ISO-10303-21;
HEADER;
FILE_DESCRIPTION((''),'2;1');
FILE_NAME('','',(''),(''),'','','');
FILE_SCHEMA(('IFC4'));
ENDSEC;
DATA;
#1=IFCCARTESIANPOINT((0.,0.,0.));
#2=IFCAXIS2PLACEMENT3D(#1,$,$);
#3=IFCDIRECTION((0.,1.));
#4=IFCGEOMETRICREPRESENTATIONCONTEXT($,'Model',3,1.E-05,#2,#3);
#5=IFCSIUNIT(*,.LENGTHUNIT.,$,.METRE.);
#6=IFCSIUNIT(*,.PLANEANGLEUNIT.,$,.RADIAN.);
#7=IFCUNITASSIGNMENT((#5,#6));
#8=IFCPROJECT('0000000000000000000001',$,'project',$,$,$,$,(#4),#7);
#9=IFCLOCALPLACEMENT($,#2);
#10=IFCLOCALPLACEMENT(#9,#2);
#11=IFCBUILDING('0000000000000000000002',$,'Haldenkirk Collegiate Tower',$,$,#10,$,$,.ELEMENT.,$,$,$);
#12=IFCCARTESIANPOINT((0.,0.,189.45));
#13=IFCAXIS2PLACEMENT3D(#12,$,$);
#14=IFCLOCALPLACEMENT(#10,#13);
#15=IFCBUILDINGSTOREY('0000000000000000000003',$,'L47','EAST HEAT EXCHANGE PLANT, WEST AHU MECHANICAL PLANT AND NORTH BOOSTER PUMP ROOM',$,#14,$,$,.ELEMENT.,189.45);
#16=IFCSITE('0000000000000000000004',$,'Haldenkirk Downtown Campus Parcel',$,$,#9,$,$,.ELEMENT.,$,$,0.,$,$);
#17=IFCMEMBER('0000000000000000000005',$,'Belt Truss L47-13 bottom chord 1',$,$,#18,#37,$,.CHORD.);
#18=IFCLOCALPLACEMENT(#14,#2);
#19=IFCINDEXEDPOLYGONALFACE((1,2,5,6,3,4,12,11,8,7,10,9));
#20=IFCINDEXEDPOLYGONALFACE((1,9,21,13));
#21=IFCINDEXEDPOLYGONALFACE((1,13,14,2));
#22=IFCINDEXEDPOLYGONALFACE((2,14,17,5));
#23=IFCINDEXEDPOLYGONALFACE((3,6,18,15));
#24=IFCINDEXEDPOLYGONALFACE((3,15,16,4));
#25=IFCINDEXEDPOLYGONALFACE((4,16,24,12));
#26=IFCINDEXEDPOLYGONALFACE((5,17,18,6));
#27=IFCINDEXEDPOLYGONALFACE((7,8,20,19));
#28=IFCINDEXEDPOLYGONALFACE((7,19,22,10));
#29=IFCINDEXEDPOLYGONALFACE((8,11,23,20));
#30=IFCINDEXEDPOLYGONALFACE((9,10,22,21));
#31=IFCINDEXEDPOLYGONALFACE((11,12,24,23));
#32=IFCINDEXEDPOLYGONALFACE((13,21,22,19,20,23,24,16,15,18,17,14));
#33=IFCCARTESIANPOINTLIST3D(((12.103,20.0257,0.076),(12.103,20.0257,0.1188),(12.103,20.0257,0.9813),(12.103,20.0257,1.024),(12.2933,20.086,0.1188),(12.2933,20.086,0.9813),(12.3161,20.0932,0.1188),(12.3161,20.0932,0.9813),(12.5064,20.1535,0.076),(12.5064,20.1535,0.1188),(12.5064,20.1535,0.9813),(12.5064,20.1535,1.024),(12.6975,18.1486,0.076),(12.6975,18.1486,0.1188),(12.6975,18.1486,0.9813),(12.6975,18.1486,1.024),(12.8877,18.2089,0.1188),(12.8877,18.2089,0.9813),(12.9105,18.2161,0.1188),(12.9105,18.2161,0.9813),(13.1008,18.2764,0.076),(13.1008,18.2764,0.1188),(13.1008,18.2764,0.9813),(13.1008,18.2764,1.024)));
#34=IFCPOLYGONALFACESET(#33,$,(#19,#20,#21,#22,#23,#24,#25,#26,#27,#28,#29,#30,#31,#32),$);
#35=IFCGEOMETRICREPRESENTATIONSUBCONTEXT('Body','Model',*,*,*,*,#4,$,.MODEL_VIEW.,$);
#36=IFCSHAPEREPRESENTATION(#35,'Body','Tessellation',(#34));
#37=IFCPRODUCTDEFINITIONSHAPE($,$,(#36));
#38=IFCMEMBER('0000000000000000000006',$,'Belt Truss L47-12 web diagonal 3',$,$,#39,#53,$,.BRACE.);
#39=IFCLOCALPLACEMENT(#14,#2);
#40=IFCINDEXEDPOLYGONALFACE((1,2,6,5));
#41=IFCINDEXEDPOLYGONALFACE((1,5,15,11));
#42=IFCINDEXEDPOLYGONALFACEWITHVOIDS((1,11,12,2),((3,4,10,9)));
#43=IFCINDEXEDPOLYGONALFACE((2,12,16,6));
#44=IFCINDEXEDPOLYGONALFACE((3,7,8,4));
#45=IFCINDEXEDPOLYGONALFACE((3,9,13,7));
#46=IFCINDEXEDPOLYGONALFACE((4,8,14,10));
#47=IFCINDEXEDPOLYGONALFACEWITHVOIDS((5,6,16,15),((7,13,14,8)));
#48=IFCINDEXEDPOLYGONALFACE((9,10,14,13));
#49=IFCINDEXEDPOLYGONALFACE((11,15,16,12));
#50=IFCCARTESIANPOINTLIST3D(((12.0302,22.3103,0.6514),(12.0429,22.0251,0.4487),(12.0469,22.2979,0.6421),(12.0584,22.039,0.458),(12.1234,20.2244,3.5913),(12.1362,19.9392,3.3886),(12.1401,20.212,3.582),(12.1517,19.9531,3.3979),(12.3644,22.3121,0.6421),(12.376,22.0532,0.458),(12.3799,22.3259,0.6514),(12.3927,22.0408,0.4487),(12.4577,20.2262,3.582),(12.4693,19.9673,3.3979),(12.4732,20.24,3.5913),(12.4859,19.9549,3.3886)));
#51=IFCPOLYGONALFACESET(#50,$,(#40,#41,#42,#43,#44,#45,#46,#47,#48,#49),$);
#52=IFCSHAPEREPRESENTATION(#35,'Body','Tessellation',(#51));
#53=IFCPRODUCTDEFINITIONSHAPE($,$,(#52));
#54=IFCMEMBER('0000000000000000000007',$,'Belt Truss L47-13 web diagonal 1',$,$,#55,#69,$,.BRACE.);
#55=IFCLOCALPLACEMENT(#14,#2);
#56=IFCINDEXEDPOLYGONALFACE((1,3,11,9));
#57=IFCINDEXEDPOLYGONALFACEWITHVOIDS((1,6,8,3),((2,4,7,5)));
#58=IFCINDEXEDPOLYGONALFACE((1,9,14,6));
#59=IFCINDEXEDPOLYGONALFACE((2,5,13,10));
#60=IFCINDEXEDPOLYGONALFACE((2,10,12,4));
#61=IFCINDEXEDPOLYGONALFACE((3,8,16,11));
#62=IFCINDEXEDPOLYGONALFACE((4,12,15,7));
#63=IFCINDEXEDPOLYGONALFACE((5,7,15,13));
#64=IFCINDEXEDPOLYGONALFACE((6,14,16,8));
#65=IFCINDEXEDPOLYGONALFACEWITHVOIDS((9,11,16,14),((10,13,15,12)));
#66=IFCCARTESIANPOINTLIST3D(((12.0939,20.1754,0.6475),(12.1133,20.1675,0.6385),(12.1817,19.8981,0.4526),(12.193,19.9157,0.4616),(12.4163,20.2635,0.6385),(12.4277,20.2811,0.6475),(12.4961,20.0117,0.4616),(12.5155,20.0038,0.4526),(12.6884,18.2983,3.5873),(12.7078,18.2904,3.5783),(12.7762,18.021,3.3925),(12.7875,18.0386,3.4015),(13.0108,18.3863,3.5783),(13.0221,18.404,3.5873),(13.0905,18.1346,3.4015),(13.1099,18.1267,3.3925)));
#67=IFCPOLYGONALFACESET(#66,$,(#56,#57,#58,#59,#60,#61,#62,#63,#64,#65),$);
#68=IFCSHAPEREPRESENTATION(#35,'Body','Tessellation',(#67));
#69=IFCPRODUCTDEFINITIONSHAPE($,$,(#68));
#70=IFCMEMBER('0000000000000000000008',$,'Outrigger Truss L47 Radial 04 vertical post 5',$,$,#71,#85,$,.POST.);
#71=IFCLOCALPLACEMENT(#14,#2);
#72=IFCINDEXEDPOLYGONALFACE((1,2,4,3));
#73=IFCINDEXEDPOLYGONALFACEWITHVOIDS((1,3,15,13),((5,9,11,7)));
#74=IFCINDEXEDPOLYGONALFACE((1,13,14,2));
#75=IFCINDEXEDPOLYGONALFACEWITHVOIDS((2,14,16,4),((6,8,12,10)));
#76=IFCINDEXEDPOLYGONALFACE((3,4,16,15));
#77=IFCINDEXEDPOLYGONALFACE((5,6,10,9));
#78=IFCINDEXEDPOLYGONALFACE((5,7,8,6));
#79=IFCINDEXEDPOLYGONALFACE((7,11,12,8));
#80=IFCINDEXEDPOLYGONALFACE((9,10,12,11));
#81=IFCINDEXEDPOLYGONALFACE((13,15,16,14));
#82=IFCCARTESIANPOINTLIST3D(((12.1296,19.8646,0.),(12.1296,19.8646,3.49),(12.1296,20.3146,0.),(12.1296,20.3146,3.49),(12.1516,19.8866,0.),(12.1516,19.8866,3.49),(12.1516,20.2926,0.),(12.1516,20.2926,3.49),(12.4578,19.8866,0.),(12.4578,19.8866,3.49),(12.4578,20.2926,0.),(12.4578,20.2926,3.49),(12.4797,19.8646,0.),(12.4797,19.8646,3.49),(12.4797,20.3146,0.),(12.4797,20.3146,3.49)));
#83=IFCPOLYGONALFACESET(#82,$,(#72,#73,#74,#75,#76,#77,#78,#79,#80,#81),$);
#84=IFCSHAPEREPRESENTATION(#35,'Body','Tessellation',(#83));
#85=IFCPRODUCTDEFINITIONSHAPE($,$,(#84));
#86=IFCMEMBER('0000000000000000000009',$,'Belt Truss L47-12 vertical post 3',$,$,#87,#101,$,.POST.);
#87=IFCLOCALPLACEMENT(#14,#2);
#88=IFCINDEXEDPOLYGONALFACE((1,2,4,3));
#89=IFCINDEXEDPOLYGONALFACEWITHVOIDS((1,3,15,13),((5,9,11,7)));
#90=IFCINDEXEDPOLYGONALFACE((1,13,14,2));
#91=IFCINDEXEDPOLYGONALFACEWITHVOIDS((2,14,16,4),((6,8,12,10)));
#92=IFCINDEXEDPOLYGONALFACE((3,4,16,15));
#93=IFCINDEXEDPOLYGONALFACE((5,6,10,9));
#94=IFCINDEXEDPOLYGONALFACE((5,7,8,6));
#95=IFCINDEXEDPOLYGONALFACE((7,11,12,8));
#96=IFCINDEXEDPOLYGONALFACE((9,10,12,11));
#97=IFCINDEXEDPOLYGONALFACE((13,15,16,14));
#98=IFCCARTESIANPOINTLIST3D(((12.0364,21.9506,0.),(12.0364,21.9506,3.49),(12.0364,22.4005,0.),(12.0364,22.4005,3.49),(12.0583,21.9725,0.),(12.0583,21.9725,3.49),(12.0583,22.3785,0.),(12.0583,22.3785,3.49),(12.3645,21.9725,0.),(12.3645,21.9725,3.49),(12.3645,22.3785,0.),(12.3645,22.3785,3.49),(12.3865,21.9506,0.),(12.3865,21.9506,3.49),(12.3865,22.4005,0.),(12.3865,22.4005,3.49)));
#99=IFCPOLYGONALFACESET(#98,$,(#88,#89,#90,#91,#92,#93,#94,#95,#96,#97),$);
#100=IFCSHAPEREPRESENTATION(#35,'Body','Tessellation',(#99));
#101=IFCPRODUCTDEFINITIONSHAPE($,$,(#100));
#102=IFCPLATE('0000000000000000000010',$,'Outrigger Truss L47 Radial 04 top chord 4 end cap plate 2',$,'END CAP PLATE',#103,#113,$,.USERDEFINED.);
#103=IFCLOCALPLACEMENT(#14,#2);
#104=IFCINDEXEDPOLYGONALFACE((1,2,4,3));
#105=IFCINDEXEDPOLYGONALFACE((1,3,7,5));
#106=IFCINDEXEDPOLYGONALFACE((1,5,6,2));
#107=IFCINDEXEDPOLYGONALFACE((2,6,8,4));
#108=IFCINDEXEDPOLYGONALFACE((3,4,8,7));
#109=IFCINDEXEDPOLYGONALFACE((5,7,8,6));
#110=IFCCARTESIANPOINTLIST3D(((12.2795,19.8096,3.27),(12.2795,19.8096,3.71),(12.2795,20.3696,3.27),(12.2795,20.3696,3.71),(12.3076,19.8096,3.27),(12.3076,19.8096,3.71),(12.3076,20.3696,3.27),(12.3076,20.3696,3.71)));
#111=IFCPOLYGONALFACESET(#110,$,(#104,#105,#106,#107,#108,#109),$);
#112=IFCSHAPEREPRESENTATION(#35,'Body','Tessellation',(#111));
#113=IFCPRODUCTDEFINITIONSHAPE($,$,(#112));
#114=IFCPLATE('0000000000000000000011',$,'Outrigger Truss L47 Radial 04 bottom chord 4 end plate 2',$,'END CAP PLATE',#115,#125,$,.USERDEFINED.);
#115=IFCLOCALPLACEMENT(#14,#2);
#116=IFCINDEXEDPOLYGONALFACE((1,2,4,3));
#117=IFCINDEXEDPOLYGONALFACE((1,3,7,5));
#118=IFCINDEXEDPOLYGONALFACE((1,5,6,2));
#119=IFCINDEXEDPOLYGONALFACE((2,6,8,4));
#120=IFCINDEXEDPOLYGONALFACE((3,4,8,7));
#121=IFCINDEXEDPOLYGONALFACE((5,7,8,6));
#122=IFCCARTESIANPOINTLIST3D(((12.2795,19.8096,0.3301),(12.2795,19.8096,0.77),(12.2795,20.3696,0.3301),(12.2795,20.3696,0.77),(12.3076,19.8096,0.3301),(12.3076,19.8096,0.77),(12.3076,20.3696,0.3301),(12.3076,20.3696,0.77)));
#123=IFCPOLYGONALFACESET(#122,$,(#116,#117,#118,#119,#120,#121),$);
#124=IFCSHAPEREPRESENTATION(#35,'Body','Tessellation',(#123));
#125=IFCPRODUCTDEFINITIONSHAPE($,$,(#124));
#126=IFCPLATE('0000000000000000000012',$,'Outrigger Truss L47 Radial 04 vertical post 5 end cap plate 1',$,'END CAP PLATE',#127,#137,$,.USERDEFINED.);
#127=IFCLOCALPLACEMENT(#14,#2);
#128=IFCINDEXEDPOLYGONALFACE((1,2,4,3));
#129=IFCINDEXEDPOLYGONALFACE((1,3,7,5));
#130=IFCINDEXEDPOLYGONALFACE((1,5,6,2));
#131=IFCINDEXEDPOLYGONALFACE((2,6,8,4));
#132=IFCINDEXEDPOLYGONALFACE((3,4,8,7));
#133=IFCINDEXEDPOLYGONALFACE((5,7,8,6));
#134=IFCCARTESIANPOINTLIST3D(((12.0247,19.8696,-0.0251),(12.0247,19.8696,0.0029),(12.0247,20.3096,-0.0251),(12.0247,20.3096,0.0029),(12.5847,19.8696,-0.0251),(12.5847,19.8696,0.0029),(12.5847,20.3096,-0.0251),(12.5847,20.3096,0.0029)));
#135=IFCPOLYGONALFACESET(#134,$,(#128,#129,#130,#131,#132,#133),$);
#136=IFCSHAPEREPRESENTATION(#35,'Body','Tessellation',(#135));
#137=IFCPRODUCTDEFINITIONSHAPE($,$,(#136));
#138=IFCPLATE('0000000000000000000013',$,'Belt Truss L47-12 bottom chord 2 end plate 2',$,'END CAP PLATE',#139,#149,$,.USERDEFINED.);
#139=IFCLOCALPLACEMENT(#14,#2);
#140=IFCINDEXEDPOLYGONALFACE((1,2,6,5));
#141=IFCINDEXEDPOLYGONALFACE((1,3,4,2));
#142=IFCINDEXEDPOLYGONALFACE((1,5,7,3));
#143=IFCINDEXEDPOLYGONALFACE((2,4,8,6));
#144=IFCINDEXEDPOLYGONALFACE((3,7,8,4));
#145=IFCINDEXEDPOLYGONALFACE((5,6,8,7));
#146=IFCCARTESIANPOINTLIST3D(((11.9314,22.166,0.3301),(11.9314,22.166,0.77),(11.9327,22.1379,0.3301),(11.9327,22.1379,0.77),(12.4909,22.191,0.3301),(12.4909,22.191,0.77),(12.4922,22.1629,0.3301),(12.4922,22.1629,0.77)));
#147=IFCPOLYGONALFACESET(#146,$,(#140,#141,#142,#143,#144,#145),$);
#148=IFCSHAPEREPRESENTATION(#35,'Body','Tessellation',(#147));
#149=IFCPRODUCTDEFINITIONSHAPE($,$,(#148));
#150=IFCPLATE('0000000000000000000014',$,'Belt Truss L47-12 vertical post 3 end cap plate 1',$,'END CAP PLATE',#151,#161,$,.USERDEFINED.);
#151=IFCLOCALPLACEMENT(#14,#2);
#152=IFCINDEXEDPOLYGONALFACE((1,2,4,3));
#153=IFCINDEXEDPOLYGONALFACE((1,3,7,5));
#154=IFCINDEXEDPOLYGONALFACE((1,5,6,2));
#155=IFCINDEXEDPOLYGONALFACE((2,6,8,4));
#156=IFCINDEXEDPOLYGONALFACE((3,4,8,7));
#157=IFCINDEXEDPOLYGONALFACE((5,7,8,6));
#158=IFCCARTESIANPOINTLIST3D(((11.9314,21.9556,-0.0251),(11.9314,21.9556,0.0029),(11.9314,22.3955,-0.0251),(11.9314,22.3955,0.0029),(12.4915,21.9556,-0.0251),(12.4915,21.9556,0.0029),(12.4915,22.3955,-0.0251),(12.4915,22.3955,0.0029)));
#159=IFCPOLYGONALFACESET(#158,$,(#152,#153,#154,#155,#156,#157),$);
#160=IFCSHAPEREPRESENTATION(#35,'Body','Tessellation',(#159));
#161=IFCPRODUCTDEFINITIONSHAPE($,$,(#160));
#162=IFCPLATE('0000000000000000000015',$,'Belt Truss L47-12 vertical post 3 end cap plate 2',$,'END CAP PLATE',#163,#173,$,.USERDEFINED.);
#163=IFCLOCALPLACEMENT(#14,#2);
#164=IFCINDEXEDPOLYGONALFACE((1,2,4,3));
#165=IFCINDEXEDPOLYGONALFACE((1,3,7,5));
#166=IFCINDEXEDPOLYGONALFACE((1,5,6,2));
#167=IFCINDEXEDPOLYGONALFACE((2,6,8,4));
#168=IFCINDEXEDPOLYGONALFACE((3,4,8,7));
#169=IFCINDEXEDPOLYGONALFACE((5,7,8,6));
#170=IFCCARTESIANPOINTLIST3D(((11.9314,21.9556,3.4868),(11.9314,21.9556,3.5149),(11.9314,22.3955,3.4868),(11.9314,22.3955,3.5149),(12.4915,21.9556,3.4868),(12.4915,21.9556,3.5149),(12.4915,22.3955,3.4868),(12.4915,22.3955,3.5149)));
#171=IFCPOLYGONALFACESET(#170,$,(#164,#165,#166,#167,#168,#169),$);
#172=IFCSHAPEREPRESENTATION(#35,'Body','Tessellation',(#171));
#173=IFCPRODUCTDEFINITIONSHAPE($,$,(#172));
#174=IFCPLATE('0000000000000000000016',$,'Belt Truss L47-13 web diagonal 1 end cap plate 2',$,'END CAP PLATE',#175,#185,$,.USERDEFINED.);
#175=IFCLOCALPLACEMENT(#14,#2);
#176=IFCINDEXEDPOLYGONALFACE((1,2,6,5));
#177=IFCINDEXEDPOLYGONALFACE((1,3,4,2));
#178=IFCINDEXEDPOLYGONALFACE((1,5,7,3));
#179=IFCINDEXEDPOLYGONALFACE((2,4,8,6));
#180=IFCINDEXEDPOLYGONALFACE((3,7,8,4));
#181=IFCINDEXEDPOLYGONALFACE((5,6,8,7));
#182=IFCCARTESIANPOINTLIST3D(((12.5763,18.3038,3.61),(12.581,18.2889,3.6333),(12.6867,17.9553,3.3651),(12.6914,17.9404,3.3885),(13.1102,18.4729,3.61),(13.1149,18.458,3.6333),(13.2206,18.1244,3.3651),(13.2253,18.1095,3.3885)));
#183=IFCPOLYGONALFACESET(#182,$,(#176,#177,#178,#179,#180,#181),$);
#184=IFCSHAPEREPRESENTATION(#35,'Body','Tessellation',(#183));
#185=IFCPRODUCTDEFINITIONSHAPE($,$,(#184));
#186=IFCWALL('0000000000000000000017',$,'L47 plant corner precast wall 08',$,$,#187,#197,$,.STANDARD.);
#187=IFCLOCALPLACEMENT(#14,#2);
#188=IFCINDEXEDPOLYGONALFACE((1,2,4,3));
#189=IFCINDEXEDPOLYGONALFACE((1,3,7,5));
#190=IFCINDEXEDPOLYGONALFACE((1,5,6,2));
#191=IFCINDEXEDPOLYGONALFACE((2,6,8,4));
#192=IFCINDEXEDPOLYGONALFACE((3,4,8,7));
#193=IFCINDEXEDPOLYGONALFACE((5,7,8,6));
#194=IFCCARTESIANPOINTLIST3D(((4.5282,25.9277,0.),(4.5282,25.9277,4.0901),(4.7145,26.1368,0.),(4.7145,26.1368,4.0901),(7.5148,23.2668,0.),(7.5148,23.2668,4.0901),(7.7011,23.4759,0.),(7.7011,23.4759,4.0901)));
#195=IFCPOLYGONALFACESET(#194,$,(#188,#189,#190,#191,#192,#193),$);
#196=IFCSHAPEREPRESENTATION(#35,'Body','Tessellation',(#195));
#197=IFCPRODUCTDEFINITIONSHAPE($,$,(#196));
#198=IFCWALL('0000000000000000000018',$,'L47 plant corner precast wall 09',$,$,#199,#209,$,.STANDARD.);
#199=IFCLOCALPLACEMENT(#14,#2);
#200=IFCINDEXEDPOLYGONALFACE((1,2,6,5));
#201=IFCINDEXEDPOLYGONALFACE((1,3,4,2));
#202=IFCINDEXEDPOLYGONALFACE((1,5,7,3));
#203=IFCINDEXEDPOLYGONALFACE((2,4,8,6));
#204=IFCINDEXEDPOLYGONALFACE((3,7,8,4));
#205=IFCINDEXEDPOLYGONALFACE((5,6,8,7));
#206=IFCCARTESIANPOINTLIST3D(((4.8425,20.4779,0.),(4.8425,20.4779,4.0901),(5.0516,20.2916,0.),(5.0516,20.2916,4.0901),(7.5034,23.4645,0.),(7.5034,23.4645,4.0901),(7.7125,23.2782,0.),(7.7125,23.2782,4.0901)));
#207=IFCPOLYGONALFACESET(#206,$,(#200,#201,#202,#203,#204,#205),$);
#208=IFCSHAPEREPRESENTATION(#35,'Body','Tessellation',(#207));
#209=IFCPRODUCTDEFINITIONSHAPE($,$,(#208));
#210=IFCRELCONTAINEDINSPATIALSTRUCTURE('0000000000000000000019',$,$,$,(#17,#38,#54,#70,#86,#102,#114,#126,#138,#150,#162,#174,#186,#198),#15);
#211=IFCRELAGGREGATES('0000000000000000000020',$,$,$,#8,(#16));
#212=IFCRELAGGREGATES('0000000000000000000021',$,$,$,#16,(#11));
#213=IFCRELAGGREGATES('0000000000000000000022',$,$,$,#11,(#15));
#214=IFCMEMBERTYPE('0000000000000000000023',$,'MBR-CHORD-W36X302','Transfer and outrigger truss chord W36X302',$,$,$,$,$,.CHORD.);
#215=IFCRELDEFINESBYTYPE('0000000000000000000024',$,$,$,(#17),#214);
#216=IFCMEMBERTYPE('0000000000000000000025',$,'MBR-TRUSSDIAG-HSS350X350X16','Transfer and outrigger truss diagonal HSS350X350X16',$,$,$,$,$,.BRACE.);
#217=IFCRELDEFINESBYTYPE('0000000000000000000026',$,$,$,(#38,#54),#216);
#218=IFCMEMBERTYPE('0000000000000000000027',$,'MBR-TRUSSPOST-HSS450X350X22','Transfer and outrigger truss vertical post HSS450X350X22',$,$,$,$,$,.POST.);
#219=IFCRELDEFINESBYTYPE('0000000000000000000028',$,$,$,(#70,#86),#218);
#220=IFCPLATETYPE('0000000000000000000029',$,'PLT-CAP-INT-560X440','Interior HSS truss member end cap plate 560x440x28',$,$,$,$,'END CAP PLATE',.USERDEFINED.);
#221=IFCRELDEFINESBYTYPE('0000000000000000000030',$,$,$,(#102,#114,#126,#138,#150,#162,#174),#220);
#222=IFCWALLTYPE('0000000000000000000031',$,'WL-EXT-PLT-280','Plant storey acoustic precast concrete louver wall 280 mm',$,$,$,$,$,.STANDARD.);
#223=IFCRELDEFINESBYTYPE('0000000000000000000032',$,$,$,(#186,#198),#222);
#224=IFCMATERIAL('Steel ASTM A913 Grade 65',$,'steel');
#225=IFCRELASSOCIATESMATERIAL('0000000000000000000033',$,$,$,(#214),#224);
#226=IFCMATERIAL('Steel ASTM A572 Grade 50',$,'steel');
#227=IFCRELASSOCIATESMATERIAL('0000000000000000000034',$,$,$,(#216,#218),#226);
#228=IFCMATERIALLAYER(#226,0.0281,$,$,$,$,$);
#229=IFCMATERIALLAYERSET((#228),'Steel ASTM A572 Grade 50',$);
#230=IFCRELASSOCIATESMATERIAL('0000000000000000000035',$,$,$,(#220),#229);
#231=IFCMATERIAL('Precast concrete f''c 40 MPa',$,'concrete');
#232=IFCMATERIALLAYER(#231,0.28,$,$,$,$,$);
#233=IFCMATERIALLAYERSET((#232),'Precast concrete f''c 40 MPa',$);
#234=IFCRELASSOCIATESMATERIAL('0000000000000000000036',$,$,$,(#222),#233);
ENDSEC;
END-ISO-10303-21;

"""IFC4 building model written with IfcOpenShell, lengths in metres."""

from ifc_helpers import new_model, si_unit, direction, frame, frame_2d, origin, origin_2d, place, context, subcontext, project, spatial, rectangle, hollow_rectangle, i_section, extrude, source, transform, mapped, material, layer, layer_set, material_profile, profile_set, type_object, element, save


model = new_model("IFC4")

# Units and contexts
model_context = context("Model", 3, precision=1e-05, world=origin(), true_north=direction((0.0, 1.0)))
body_context = subcontext(model_context, "Body", "Model", "MODEL_VIEW")
ifc_project = project(units=[si_unit("LENGTHUNIT", "METRE"), si_unit("PLANEANGLEUNIT", "RADIAN")], contexts=[model_context])

# Site, building, storey
site_placement = place(None, origin())
site = spatial("IfcSite", under=ifc_project, at=site_placement, Name="Haldenkirk Downtown Campus Parcel", CompositionType="ELEMENT", RefElevation=0.0)
building_placement = place(site_placement, origin())
building = spatial("IfcBuilding", under=site, at=building_placement, Name="Haldenkirk Collegiate Tower", CompositionType="ELEMENT")
storey_placement = place(building_placement, frame((0.0, 0.0, 189.45)))
storey = spatial("IfcBuildingStorey", under=building, at=storey_placement, Name="L47", Description="EAST HEAT EXCHANGE PLANT, WEST AHU MECHANICAL PLANT AND NORTH BOOSTER PUMP ROOM", CompositionType="ELEMENT", Elevation=189.45)

# Shared definitions
ifc_material_1 = material(Name="Steel ASTM A913 Grade 65", Category="steel")

# Members
ifc_material_2 = material(Name="Steel ASTM A572 Grade 50", Category="steel")
ifc_material_profile_1 = material_profile(ifc_material_1, i_section(OverallWidth=0.4231, OverallDepth=0.948, WebThickness=0.0239, FlangeThickness=0.0427, at=origin_2d()), Name="W36X302")
ifc_profile_set_1 = profile_set([ifc_material_profile_1], Name="Steel ASTM A913 Grade 65")
member_type_1 = type_object("IfcMemberType", Name="MBR-CHORD-W36X302", Description="Transfer and outrigger truss chord W36X302", PredefinedType="CHORD", material=ifc_profile_set_1)
member_1_placement = place(storey_placement, frame((12.3047, 20.0896, 0.55), z_axis=(0.301909, -0.953337, 0.0), x_axis=(0.953337, 0.301909, 0.0)))
element("IfcMember", 1, at=member_1_placement, inside=storey, type_object=member_type_1, Name="Belt Truss L47-13 bottom chord 1", PredefinedType="CHORD", context=body_context, shape_type="SweptSolid", body=[
    extrude(i_section(OverallWidth=0.4231, OverallDepth=0.948, WebThickness=0.0239, FlangeThickness=0.0427, at=origin_2d()), origin(), (0.0, 0.0, 1.0), 1.969),
])
ifc_material_profile_2 = material_profile(ifc_material_2, hollow_rectangle(XDim=0.3501, YDim=0.3501, WallThickness=0.0161, at=origin_2d()), Name="HSS350X350X16")
ifc_profile_set_2 = profile_set([ifc_material_profile_2], Name="Steel ASTM A572 Grade 50")
member_type_2 = type_object("IfcMemberType", Name="MBR-TRUSSDIAG-HSS350X350X16", Description="Transfer and outrigger truss diagonal HSS350X350X16", PredefinedType="BRACE", material=ifc_profile_set_2)
member_2_placement = place(storey_placement, frame((12.2114, 22.1755, 0.55), z_axis=(0.025863, -0.578466, 0.815296), x_axis=(0.999002, 0.044665, 0.0)))
element("IfcMember", 2, at=member_2_placement, inside=storey, type_object=member_type_2, Name="Belt Truss L47-12 web diagonal 3", PredefinedType="BRACE", context=body_context, shape_type="SweptSolid", body=[
    extrude(hollow_rectangle(XDim=0.3501, YDim=0.3501, WallThickness=0.0161, at=origin_2d()), origin(), (0.0, 0.0, 1.0), 3.606),
])
member_3_placement = place(storey_placement, frame((12.3047, 20.0896, 0.55), z_axis=(0.168007, -0.530516, 0.830859), x_axis=(0.953337, 0.301909, 0.0)))
element("IfcMember", 3, at=member_3_placement, inside=storey, type_object=member_type_2, Name="Belt Truss L47-13 web diagonal 1", PredefinedType="BRACE", context=body_context, shape_type="SweptSolid", body=[
    extrude(hollow_rectangle(XDim=0.3501, YDim=0.3501, WallThickness=0.0161, at=origin_2d()), origin(), (0.0, 0.0, 1.0), 3.5383),
])
ifc_material_profile_3 = material_profile(ifc_material_2, hollow_rectangle(XDim=0.3501, YDim=0.45, WallThickness=0.022, at=origin_2d()), Name="HSS450X350X22")
ifc_profile_set_3 = profile_set([ifc_material_profile_3], Name="Steel ASTM A572 Grade 50")
member_type_3 = type_object("IfcMemberType", Name="MBR-TRUSSPOST-HSS450X350X22", Description="Transfer and outrigger truss vertical post HSS450X350X22", PredefinedType="POST", material=ifc_profile_set_3)
for number, where, z_axis, x_axis, name in (
    (4, (12.3047, 20.0896, 0.0), (0.0, 0.0, 1.0), (1.0, 0.0, 0.0), "Outrigger Truss L47 Radial 04 vertical post 5"),
    (5, (12.2114, 22.1755, 0.0), (0.0, 0.0, 1.0), (1.0, 0.0, 0.0), "Belt Truss L47-12 vertical post 3"),
):
    element("IfcMember", number, at=place(storey_placement, frame(where, z_axis=z_axis, x_axis=x_axis)), inside=storey, type_object=member_type_3, Name=name, PredefinedType="POST", context=body_context, shape_type="SweptSolid", body=[
        extrude(hollow_rectangle(XDim=0.3501, YDim=0.45, WallThickness=0.022, at=origin_2d()), origin(), (0.0, 0.0, 1.0), 3.49),
    ])

# Plates
ifc_layer_1 = layer(ifc_material_2, 0.0281)
ifc_layer_set_1 = layer_set([ifc_layer_1], Name="Steel ASTM A572 Grade 50")
plate_type = type_object("IfcPlateType", Name="PLT-CAP-INT-560X440", Description="Interior HSS truss member end cap plate 560x440x28", ElementType="END CAP PLATE", PredefinedType="USERDEFINED", material=ifc_layer_set_1)
shared_shape_1 = source(origin(), body_context, "Body", "SweptSolid", [
    extrude(rectangle(XDim=0.5601, YDim=0.4399, at=origin_2d()), origin(), (0.0, 0.0, 1.0), 0.0281),
])
for number, where, z_axis, x_axis, name in (
    (6, (12.3076, 20.0896, 3.49), (-1.0, 0.0, 0.0), (0.0, -1.0, 0.0), "Outrigger Truss L47 Radial 04 top chord 4 end cap plate 2"),
    (7, (12.3076, 20.0896, 0.55), (-1.0, 0.0, 0.0), (0.0, -1.0, 0.0), "Outrigger Truss L47 Radial 04 bottom chord 4 end plate 2"),
    (8, (12.3047, 20.0896, 0.0029), (0.0, 0.0, -1.0), (1.0, 0.0, 0.0), "Outrigger Truss L47 Radial 04 vertical post 5 end cap plate 1"),
    (9, (12.2112, 22.1785, 0.55), (0.044623, -0.999004, 0.0), (0.999004, 0.044623, 0.0), "Belt Truss L47-12 bottom chord 2 end plate 2"),
    (10, (12.2114, 22.1755, 0.0029), (0.0, 0.0, -1.0), (1.0, 0.0, 0.0), "Belt Truss L47-12 vertical post 3 end cap plate 1"),
    (11, (12.2114, 22.1755, 3.4868), (0.0, 0.0, 1.0), (1.0, 0.0, 0.0), "Belt Truss L47-12 vertical post 3 end cap plate 2"),
    (12, (12.8984, 18.2141, 3.4875), (0.168032, -0.530547, 0.830834), (0.953329, 0.301933, 0.0), "Belt Truss L47-13 web diagonal 1 end cap plate 2"),
):
    element("IfcPlate", number, at=place(storey_placement, frame(where, z_axis=z_axis, x_axis=x_axis)), inside=storey, type_object=plate_type, Name=name, ObjectType="END CAP PLATE", PredefinedType="USERDEFINED", context=body_context, shape_type="MappedRepresentation", body=[
        mapped(shared_shape_1, transform((0.0, 0.0, 0.0), x_axis=(1.0, 0.0, 0.0), y_axis=(0.0, 1.0, 0.0), z_axis=(0.0, 0.0, 1.0), scale=1.0)),
    ])

# Walls
ifc_material_3 = material(Name="Precast concrete f'c 40 MPa", Category="concrete")
ifc_layer_2 = layer(ifc_material_3, 0.28)
ifc_layer_set_2 = layer_set([ifc_layer_2], Name="Precast concrete f'c 40 MPa")
wall_type = type_object("IfcWallType", Name="WL-EXT-PLT-280", Description="Plant storey acoustic precast concrete louver wall 280 mm", PredefinedType="STANDARD", material=ifc_layer_set_2)
for number, where, z_axis, x_axis, name in (
    (13, (7.6079, 23.3713, 0.0), (0.0, 0.0, 1.0), (-0.746644, 0.665223, 0.0), "L47 plant corner precast wall 08"),
    (14, (4.947, 20.3848, 0.0), (0.0, 0.0, 1.0), (0.665223, 0.746644, 0.0), "L47 plant corner precast wall 09"),
):
    element("IfcWall", number, at=place(storey_placement, frame(where, z_axis=z_axis, x_axis=x_axis)), inside=storey, type_object=wall_type, Name=name, PredefinedType="STANDARD", context=body_context, shape_type="SweptSolid", body=[
        extrude(rectangle(XDim=4.0, YDim=0.28, at=frame_2d((2.0, 0.0))), origin(), (0.0, 0.0, 1.0), 4.0901),
    ])

save(model, "model.ifc")
